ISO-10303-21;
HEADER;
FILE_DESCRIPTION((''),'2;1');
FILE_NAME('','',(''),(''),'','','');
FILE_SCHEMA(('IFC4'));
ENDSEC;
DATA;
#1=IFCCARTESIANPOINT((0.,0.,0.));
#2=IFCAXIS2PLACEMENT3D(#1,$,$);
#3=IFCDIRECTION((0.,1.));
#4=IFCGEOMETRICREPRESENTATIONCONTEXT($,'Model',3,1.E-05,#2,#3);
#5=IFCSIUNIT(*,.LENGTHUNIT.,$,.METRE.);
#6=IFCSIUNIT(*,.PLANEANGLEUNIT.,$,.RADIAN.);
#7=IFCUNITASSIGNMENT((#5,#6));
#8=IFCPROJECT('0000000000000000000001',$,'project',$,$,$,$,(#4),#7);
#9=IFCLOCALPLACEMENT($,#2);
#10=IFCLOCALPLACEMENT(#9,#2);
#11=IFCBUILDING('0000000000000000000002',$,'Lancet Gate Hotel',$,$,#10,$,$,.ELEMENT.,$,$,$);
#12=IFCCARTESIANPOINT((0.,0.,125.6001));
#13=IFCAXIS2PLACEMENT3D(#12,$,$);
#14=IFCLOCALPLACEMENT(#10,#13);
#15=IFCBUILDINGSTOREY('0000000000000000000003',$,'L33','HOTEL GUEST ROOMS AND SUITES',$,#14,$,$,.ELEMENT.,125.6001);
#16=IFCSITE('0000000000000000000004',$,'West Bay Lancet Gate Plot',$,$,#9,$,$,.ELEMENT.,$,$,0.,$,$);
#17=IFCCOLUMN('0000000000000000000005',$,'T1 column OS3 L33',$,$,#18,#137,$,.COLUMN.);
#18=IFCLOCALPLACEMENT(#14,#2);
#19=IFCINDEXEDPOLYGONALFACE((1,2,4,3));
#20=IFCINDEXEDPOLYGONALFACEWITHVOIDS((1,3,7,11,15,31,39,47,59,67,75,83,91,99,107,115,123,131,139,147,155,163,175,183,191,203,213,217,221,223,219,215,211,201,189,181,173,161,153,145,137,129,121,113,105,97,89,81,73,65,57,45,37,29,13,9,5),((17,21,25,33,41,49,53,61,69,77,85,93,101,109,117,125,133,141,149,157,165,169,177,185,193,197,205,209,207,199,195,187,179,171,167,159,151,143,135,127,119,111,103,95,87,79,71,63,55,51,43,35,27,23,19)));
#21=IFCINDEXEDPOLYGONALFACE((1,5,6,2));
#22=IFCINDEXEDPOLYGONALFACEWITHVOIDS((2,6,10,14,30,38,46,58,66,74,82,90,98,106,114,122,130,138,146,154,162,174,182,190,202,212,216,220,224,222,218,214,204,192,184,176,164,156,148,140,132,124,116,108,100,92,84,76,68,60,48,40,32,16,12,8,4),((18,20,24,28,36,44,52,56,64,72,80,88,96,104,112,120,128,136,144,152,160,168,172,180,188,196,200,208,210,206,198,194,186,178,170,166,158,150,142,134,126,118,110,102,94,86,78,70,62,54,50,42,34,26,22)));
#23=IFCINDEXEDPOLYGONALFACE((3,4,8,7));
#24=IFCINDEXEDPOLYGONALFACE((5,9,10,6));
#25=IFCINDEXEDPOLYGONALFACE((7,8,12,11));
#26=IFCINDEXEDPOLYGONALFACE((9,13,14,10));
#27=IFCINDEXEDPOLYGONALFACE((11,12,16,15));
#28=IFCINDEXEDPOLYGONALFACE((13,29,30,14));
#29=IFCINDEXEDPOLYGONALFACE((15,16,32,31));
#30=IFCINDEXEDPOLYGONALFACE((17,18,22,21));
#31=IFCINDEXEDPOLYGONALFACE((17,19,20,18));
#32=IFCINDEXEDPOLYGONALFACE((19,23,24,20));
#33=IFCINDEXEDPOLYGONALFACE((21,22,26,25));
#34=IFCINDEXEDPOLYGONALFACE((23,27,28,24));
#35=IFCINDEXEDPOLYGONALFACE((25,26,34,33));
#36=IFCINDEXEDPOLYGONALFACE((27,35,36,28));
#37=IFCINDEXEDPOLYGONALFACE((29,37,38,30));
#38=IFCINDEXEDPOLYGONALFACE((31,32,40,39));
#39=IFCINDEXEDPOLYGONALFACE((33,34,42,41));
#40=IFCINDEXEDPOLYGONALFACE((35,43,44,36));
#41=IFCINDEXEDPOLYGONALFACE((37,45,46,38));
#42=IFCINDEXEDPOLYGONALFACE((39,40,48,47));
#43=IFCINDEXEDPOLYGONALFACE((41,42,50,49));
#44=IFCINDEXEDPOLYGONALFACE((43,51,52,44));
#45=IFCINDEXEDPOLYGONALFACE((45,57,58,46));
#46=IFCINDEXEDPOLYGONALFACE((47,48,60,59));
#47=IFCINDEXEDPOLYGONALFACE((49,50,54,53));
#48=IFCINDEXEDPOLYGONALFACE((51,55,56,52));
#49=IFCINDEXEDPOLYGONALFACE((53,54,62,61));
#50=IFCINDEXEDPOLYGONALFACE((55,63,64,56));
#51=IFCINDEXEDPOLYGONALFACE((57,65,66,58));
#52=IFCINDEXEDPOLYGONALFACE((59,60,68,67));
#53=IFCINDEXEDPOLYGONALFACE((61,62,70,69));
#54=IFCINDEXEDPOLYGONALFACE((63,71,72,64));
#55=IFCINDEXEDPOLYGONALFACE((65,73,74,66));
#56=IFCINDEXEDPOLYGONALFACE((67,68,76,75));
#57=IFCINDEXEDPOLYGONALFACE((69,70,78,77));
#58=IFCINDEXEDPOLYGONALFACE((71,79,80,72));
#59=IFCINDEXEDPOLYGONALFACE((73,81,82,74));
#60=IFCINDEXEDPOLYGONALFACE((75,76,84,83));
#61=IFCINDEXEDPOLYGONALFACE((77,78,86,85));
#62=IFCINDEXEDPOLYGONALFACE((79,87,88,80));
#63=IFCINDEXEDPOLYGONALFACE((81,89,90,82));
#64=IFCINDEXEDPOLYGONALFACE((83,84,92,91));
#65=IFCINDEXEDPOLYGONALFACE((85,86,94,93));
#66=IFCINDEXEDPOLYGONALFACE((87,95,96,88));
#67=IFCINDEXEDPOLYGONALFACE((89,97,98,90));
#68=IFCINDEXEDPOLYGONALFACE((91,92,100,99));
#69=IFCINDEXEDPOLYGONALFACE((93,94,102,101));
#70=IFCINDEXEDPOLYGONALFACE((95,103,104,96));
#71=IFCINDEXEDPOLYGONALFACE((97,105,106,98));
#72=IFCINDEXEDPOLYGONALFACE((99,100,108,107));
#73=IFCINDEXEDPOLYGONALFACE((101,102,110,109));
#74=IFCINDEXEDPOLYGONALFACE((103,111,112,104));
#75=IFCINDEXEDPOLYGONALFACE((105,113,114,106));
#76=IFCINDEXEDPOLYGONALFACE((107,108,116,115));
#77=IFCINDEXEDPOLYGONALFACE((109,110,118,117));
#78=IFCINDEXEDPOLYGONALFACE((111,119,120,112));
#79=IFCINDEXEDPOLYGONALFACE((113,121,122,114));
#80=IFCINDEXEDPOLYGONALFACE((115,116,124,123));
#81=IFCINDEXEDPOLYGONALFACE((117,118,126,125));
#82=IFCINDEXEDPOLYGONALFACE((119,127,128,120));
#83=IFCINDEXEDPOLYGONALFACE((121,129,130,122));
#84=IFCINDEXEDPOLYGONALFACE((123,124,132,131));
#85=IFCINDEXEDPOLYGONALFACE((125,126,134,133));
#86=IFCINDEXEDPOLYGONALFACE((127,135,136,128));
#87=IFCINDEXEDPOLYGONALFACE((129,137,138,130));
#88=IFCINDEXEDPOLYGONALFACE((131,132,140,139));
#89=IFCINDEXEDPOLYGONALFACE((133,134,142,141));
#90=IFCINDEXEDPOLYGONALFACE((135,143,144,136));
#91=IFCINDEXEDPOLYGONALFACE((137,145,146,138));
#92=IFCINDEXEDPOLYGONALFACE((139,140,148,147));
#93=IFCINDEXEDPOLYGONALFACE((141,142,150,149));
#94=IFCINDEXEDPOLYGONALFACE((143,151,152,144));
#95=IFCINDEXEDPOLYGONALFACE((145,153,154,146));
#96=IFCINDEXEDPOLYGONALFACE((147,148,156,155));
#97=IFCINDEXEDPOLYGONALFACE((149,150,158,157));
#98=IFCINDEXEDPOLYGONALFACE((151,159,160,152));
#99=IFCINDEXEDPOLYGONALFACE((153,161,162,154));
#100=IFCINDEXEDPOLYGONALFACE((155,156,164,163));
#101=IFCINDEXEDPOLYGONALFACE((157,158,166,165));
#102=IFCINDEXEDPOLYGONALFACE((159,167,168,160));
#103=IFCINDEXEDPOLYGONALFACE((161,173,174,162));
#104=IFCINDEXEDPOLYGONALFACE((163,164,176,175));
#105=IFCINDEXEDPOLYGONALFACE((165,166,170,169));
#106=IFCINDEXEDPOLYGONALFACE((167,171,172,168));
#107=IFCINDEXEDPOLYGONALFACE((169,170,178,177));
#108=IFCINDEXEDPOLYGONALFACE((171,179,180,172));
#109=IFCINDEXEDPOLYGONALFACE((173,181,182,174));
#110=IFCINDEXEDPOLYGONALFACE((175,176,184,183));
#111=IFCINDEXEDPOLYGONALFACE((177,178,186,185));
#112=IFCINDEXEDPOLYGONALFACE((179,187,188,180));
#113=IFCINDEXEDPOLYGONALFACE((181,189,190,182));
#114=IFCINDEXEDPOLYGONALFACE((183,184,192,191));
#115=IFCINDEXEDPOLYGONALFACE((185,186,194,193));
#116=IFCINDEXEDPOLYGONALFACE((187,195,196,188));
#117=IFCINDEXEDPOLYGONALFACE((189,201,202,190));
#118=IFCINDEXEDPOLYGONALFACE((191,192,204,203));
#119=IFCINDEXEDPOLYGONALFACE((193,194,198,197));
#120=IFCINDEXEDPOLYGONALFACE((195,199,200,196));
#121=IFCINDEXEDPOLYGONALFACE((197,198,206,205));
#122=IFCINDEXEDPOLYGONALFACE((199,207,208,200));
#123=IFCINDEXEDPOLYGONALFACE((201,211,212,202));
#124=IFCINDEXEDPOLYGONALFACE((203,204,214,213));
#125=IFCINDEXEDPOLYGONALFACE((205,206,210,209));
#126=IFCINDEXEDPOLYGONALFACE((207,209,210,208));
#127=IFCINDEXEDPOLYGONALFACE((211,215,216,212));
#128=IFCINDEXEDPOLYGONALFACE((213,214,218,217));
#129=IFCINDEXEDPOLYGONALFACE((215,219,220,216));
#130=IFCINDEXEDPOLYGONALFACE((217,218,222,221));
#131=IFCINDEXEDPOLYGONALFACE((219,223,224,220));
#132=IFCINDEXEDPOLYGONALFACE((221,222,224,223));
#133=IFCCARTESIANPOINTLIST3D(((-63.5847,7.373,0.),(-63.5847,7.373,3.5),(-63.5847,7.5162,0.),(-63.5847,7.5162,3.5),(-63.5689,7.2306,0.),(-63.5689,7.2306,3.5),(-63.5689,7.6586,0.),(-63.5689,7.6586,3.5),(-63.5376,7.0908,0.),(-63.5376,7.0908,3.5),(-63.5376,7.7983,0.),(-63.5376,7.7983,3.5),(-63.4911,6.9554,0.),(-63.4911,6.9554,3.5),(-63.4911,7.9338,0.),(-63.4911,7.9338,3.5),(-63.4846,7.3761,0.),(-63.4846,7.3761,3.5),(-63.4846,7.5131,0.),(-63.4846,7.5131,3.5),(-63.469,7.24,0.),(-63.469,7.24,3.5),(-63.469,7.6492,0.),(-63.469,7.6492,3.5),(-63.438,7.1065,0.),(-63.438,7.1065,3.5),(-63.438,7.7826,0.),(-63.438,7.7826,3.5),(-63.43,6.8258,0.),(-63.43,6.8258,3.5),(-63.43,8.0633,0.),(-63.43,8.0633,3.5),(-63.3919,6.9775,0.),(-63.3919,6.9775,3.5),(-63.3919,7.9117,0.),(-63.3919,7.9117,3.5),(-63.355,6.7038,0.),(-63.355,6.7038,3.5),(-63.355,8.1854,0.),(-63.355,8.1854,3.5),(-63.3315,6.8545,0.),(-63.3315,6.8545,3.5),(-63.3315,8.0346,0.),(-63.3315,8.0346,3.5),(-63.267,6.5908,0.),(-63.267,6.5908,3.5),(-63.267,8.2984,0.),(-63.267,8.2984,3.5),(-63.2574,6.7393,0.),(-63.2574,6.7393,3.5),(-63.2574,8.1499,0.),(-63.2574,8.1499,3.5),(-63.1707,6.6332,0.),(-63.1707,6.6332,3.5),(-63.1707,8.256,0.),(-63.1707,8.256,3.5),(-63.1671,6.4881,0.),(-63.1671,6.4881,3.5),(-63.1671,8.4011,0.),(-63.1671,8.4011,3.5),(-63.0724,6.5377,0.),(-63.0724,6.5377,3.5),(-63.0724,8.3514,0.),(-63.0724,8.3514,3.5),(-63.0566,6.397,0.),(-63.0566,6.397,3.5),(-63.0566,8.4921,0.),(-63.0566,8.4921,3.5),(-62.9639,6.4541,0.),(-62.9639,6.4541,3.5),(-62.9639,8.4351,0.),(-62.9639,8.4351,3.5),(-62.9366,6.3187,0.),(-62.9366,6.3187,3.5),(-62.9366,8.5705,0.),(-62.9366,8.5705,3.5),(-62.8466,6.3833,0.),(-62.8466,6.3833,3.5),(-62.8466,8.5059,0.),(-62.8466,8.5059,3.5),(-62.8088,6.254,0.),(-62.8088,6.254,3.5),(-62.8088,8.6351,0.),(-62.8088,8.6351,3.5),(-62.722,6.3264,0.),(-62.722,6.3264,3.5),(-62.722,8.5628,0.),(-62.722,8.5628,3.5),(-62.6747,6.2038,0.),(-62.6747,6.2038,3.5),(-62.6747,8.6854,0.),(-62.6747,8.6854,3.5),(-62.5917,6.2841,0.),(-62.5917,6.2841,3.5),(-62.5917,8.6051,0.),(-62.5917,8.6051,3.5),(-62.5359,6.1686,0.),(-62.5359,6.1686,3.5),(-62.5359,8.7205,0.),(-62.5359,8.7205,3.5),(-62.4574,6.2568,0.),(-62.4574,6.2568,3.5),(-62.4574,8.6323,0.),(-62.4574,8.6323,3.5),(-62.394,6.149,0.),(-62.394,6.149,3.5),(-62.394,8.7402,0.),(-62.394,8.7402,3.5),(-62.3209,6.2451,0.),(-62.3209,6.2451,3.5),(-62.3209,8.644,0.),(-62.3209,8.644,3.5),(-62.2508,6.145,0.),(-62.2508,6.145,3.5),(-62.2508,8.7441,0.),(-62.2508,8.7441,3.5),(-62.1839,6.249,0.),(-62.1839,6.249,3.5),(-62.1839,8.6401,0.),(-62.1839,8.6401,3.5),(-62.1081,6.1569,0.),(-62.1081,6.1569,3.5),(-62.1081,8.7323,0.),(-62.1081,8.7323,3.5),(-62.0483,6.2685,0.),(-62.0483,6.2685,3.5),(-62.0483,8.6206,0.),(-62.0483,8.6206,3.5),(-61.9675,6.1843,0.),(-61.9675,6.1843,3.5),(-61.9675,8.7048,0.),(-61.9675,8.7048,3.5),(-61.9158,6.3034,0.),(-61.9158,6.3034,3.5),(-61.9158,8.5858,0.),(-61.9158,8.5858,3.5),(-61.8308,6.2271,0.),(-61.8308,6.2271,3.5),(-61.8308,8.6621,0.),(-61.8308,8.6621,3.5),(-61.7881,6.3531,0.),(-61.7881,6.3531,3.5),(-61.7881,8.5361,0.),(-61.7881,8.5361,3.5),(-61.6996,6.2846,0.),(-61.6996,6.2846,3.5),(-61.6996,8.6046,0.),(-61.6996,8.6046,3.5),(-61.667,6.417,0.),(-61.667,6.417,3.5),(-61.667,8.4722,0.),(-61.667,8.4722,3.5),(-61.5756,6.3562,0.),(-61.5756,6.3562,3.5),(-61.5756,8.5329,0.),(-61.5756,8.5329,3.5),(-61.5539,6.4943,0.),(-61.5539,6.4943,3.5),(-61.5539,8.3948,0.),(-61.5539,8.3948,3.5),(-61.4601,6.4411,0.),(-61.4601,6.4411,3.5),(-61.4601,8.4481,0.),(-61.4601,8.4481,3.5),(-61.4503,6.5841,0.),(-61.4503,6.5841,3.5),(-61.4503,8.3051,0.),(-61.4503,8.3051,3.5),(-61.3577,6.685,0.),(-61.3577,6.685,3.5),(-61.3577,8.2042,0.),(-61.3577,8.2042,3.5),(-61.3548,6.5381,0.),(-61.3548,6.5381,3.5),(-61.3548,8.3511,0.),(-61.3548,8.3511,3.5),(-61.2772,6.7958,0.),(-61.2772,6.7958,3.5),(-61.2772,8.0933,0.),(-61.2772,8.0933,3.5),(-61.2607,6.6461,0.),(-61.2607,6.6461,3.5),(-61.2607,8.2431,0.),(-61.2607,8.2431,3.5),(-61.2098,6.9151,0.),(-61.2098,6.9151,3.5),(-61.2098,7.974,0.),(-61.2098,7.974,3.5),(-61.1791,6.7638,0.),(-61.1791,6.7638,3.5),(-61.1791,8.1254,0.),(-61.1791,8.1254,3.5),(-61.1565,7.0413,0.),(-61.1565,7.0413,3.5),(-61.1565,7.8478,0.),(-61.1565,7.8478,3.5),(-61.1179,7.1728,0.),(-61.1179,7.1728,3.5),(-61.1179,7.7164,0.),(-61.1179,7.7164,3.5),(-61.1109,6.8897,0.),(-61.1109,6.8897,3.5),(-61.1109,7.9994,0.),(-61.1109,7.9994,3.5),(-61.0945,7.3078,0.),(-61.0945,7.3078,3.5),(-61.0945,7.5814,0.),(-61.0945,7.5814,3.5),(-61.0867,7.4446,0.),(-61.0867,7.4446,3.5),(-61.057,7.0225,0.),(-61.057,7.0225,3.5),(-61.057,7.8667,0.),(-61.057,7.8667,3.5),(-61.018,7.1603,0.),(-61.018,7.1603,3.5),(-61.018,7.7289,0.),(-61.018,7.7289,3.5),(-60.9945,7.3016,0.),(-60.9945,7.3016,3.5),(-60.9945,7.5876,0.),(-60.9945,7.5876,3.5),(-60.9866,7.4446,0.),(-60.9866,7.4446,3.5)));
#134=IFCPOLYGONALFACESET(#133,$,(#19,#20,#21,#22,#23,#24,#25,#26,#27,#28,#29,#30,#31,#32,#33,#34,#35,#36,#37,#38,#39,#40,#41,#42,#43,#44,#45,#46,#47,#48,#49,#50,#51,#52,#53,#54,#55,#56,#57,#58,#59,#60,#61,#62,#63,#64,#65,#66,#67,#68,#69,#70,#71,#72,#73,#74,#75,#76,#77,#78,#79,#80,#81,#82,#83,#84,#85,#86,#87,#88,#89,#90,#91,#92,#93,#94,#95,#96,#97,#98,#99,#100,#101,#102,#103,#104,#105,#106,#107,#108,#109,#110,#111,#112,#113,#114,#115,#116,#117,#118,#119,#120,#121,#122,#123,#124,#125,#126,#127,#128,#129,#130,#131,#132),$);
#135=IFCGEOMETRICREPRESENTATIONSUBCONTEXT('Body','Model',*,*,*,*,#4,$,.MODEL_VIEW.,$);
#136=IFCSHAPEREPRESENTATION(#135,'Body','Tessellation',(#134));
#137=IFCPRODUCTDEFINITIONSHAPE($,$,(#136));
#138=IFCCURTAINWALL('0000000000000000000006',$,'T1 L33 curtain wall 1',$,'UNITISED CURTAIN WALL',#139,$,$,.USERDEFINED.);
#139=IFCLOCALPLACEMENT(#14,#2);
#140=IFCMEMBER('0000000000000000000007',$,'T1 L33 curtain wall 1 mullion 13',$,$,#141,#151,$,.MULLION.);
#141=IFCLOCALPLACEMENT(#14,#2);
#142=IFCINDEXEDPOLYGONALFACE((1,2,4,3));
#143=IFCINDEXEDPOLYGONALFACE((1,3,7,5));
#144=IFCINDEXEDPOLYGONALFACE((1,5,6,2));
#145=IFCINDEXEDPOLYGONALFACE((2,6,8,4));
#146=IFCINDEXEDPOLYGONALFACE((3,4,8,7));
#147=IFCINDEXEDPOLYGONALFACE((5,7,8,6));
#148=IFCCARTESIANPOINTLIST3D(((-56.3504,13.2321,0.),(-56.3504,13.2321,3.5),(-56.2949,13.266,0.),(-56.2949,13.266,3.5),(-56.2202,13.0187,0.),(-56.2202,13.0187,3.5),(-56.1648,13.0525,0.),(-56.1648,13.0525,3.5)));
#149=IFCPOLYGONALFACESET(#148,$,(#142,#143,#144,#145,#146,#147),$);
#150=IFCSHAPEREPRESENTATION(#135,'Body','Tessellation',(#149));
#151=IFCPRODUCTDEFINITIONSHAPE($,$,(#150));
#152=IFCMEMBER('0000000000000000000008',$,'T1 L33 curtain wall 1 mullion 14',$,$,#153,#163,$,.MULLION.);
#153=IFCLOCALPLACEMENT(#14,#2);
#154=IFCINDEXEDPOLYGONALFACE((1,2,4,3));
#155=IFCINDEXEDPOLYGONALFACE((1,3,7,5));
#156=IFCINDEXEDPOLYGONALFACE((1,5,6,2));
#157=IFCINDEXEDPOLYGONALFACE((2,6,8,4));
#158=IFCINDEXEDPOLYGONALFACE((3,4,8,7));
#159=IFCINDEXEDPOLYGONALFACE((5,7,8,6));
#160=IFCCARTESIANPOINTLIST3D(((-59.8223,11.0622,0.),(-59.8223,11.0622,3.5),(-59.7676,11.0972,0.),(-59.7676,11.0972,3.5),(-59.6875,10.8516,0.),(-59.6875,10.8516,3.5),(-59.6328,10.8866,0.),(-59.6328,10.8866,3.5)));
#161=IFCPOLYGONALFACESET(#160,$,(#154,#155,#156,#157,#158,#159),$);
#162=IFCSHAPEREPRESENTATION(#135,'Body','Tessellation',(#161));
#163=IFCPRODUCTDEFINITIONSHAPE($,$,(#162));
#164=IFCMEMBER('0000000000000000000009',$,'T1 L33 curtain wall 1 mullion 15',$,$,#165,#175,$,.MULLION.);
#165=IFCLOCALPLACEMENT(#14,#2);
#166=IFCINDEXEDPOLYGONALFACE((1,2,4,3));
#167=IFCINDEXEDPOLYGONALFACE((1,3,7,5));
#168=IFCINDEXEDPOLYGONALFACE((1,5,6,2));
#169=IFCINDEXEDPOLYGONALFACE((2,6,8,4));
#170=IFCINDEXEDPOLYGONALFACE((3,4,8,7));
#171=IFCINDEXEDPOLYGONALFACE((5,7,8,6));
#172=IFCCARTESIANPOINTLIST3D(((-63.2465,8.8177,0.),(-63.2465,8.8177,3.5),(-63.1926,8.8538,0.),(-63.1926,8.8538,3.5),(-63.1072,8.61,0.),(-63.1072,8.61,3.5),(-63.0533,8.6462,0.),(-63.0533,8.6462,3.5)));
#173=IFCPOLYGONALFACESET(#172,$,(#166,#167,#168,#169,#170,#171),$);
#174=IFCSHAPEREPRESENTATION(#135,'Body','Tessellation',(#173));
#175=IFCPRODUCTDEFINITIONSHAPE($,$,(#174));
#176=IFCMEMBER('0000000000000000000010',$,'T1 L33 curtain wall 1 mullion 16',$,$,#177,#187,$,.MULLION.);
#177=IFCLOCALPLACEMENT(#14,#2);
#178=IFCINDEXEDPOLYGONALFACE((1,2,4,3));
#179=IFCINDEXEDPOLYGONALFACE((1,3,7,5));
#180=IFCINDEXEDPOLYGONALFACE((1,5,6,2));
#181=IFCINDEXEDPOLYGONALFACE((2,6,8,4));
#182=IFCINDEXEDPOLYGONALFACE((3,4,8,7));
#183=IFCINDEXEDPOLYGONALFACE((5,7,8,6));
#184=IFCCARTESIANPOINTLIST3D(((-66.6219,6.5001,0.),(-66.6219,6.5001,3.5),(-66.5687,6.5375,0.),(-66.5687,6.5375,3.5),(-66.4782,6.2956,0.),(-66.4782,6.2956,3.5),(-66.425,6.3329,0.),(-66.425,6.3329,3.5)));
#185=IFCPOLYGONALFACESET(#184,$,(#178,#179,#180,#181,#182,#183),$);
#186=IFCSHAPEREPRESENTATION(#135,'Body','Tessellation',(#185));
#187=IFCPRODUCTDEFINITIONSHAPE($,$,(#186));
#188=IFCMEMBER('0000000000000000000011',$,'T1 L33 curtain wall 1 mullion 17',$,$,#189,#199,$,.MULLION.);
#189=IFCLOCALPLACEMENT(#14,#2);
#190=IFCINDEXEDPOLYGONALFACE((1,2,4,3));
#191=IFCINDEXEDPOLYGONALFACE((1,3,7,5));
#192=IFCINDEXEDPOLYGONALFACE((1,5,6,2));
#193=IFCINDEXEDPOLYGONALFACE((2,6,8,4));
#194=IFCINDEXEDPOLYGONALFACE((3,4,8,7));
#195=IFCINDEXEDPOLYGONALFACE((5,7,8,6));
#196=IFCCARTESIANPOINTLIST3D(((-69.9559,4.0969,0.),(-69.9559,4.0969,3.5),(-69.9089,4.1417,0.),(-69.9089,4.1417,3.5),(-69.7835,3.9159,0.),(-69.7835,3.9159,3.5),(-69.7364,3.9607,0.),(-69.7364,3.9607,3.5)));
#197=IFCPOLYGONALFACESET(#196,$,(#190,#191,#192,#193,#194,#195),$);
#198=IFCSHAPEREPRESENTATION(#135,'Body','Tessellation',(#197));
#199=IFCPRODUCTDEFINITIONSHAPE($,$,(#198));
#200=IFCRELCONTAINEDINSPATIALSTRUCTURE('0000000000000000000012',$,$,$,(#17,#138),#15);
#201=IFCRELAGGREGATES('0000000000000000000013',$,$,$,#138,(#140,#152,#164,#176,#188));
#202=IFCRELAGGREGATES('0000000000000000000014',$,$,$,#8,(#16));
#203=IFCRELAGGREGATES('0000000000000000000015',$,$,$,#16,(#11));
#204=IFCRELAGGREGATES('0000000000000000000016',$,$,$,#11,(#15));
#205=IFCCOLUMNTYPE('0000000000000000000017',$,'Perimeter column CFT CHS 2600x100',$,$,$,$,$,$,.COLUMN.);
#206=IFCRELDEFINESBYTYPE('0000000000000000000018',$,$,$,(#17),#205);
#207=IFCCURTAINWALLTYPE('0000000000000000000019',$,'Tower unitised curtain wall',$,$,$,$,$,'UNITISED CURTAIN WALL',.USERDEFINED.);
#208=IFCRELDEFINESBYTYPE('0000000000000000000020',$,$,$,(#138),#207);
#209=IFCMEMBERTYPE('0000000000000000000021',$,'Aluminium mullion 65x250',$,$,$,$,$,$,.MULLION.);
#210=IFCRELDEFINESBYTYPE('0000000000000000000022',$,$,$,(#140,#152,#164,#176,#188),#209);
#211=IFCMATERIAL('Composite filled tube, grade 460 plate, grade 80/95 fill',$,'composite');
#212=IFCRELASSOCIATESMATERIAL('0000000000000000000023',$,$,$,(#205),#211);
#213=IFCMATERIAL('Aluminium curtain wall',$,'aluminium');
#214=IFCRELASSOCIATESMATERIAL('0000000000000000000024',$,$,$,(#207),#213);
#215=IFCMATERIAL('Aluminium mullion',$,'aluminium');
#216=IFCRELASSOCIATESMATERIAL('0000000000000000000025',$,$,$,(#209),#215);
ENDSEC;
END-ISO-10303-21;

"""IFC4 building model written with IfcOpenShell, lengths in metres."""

from ifc_helpers import new_model, si_unit, direction, frame, origin, origin_2d, place, context, subcontext, project, spatial, rectangle, hollow_circle, extrude, material, material_profile, profile_set, type_object, element, aggregate, save


model = new_model("IFC4")

# Units and contexts
model_context = context("Model", 3, precision=1e-05, world=origin(), true_north=direction((0.0, 1.0)))
body_context = subcontext(model_context, "Body", "Model", "MODEL_VIEW")
ifc_project = project(units=[si_unit("LENGTHUNIT", "METRE"), si_unit("PLANEANGLEUNIT", "RADIAN")], contexts=[model_context])

# Site, building, storey
site_placement = place(None, origin())
site = spatial("IfcSite", under=ifc_project, at=site_placement, Name="West Bay Lancet Gate Plot", CompositionType="ELEMENT", RefElevation=0.0)
building_placement = place(site_placement, origin())
building = spatial("IfcBuilding", under=site, at=building_placement, Name="Lancet Gate Hotel", CompositionType="ELEMENT")
storey_placement = place(building_placement, frame((0.0, 0.0, 125.6001)))
storey = spatial("IfcBuildingStorey", under=building, at=storey_placement, Name="L33", Description="HOTEL GUEST ROOMS AND SUITES", CompositionType="ELEMENT", Elevation=125.6001)

# Column
ifc_material_1 = material(Name="Composite filled tube, grade 460 plate, grade 80/95 fill", Category="composite")
ifc_material_profile_1 = material_profile(ifc_material_1, hollow_circle(Radius=1.3, WallThickness=0.1001, at=origin_2d()), Name="CHS 2600x100")
ifc_profile_set_1 = profile_set([ifc_material_profile_1], Name="Composite filled tube, grade 460 plate, grade 80/95 fill")
column_type = type_object("IfcColumnType", Name="Perimeter column CFT CHS 2600x100", PredefinedType="COLUMN", material=ifc_profile_set_1)
column_placement = place(storey_placement, frame((-62.2866, 7.4446, 0.0), z_axis=(0.0, 0.0, 1.0), x_axis=(1.0, 0.0, 0.0)))
element("IfcColumn", 1, at=column_placement, inside=storey, type_object=column_type, Name="T1 column OS3 L33", PredefinedType="COLUMN", context=body_context, shape_type="SweptSolid", body=[
    extrude(hollow_circle(Radius=1.3, WallThickness=0.1001, at=origin_2d()), origin(), (0.0, 0.0, 1.0), 3.5),
])

# Curtain wall, members
ifc_material_2 = material(Name="Aluminium curtain wall", Category="aluminium")
curtain_wall_type = type_object("IfcCurtainWallType", Name="Tower unitised curtain wall", ElementType="UNITISED CURTAIN WALL", PredefinedType="USERDEFINED", material=ifc_material_2)
curtain_wall_placement = place(storey_placement, origin())
curtain_wall = element("IfcCurtainWall", 2, at=curtain_wall_placement, inside=storey, type_object=curtain_wall_type, Name="T1 L33 curtain wall 1", ObjectType="UNITISED CURTAIN WALL", PredefinedType="USERDEFINED")
ifc_material_3 = material(Name="Aluminium mullion", Category="aluminium")
ifc_material_profile_2 = material_profile(ifc_material_3, rectangle(XDim=0.0649, YDim=0.25, at=origin_2d()), Name="MULLION 65x250")
ifc_profile_set_2 = profile_set([ifc_material_profile_2], Name="Aluminium mullion")
member_type_1 = type_object("IfcMemberType", Name="Aluminium mullion 65x250", PredefinedType="MULLION", material=ifc_profile_set_2)
member_1_placement = place(storey_placement, frame((-56.2576, 13.1423, 0.0), z_axis=(0.0, 0.0, 1.0), x_axis=(-0.853716, -0.520739, 0.0)))
member_1 = element("IfcMember", 3, at=member_1_placement, type_object=member_type_1, Name="T1 L33 curtain wall 1 mullion 13", PredefinedType="MULLION", context=body_context, shape_type="SweptSolid", body=[
    extrude(rectangle(XDim=0.0649, YDim=0.25, at=origin_2d()), origin(), (0.0, 0.0, 1.0), 3.5),
])
member_2_placement = place(storey_placement, frame((-59.7275, 10.9744, 0.0), z_axis=(0.0, 0.0, 1.0), x_axis=(-0.842308, -0.538996, 0.0)))
member_2 = element("IfcMember", 4, at=member_2_placement, type_object=member_type_1, Name="T1 L33 curtain wall 1 mullion 14", PredefinedType="MULLION", context=body_context, shape_type="SweptSolid", body=[
    extrude(rectangle(XDim=0.0649, YDim=0.25, at=origin_2d()), origin(), (0.0, 0.0, 1.0), 3.5),
])
member_3_placement = place(storey_placement, frame((-63.1499, 8.7319, 0.0), z_axis=(0.0, 0.0, 1.0), x_axis=(-0.83051, -0.557004, 0.0)))
member_3 = element("IfcMember", 5, at=member_3_placement, type_object=member_type_1, Name="T1 L33 curtain wall 1 mullion 15", PredefinedType="MULLION", context=body_context, shape_type="SweptSolid", body=[
    extrude(rectangle(XDim=0.0649, YDim=0.25, at=origin_2d()), origin(), (0.0, 0.0, 1.0), 3.5),
])
member_4_placement = place(storey_placement, frame((-66.5234, 6.4165, 0.0), z_axis=(0.0, 0.0, 1.0), x_axis=(-0.818327, -0.574753, 0.0)))
member_4 = element("IfcMember", 6, at=member_4_placement, type_object=member_type_1, Name="T1 L33 curtain wall 1 mullion 16", PredefinedType="MULLION", context=body_context, shape_type="SweptSolid", body=[
    extrude(rectangle(XDim=0.0649, YDim=0.25, at=origin_2d()), origin(), (0.0, 0.0, 1.0), 3.5),
])
member_5_placement = place(storey_placement, frame((-69.8462, 4.0288, 0.0), z_axis=(0.0, 0.0, 1.0), x_axis=(-0.723846, -0.689961, 0.0)))
member_5 = element("IfcMember", 7, at=member_5_placement, type_object=member_type_1, Name="T1 L33 curtain wall 1 mullion 17", PredefinedType="MULLION", context=body_context, shape_type="SweptSolid", body=[
    extrude(rectangle(XDim=0.0649, YDim=0.25, at=origin_2d()), origin(), (0.0, 0.0, 1.0), 3.5),
])

aggregate(curtain_wall, [member_1, member_2, member_3, member_4, member_5])

save(model, "model.ifc")
